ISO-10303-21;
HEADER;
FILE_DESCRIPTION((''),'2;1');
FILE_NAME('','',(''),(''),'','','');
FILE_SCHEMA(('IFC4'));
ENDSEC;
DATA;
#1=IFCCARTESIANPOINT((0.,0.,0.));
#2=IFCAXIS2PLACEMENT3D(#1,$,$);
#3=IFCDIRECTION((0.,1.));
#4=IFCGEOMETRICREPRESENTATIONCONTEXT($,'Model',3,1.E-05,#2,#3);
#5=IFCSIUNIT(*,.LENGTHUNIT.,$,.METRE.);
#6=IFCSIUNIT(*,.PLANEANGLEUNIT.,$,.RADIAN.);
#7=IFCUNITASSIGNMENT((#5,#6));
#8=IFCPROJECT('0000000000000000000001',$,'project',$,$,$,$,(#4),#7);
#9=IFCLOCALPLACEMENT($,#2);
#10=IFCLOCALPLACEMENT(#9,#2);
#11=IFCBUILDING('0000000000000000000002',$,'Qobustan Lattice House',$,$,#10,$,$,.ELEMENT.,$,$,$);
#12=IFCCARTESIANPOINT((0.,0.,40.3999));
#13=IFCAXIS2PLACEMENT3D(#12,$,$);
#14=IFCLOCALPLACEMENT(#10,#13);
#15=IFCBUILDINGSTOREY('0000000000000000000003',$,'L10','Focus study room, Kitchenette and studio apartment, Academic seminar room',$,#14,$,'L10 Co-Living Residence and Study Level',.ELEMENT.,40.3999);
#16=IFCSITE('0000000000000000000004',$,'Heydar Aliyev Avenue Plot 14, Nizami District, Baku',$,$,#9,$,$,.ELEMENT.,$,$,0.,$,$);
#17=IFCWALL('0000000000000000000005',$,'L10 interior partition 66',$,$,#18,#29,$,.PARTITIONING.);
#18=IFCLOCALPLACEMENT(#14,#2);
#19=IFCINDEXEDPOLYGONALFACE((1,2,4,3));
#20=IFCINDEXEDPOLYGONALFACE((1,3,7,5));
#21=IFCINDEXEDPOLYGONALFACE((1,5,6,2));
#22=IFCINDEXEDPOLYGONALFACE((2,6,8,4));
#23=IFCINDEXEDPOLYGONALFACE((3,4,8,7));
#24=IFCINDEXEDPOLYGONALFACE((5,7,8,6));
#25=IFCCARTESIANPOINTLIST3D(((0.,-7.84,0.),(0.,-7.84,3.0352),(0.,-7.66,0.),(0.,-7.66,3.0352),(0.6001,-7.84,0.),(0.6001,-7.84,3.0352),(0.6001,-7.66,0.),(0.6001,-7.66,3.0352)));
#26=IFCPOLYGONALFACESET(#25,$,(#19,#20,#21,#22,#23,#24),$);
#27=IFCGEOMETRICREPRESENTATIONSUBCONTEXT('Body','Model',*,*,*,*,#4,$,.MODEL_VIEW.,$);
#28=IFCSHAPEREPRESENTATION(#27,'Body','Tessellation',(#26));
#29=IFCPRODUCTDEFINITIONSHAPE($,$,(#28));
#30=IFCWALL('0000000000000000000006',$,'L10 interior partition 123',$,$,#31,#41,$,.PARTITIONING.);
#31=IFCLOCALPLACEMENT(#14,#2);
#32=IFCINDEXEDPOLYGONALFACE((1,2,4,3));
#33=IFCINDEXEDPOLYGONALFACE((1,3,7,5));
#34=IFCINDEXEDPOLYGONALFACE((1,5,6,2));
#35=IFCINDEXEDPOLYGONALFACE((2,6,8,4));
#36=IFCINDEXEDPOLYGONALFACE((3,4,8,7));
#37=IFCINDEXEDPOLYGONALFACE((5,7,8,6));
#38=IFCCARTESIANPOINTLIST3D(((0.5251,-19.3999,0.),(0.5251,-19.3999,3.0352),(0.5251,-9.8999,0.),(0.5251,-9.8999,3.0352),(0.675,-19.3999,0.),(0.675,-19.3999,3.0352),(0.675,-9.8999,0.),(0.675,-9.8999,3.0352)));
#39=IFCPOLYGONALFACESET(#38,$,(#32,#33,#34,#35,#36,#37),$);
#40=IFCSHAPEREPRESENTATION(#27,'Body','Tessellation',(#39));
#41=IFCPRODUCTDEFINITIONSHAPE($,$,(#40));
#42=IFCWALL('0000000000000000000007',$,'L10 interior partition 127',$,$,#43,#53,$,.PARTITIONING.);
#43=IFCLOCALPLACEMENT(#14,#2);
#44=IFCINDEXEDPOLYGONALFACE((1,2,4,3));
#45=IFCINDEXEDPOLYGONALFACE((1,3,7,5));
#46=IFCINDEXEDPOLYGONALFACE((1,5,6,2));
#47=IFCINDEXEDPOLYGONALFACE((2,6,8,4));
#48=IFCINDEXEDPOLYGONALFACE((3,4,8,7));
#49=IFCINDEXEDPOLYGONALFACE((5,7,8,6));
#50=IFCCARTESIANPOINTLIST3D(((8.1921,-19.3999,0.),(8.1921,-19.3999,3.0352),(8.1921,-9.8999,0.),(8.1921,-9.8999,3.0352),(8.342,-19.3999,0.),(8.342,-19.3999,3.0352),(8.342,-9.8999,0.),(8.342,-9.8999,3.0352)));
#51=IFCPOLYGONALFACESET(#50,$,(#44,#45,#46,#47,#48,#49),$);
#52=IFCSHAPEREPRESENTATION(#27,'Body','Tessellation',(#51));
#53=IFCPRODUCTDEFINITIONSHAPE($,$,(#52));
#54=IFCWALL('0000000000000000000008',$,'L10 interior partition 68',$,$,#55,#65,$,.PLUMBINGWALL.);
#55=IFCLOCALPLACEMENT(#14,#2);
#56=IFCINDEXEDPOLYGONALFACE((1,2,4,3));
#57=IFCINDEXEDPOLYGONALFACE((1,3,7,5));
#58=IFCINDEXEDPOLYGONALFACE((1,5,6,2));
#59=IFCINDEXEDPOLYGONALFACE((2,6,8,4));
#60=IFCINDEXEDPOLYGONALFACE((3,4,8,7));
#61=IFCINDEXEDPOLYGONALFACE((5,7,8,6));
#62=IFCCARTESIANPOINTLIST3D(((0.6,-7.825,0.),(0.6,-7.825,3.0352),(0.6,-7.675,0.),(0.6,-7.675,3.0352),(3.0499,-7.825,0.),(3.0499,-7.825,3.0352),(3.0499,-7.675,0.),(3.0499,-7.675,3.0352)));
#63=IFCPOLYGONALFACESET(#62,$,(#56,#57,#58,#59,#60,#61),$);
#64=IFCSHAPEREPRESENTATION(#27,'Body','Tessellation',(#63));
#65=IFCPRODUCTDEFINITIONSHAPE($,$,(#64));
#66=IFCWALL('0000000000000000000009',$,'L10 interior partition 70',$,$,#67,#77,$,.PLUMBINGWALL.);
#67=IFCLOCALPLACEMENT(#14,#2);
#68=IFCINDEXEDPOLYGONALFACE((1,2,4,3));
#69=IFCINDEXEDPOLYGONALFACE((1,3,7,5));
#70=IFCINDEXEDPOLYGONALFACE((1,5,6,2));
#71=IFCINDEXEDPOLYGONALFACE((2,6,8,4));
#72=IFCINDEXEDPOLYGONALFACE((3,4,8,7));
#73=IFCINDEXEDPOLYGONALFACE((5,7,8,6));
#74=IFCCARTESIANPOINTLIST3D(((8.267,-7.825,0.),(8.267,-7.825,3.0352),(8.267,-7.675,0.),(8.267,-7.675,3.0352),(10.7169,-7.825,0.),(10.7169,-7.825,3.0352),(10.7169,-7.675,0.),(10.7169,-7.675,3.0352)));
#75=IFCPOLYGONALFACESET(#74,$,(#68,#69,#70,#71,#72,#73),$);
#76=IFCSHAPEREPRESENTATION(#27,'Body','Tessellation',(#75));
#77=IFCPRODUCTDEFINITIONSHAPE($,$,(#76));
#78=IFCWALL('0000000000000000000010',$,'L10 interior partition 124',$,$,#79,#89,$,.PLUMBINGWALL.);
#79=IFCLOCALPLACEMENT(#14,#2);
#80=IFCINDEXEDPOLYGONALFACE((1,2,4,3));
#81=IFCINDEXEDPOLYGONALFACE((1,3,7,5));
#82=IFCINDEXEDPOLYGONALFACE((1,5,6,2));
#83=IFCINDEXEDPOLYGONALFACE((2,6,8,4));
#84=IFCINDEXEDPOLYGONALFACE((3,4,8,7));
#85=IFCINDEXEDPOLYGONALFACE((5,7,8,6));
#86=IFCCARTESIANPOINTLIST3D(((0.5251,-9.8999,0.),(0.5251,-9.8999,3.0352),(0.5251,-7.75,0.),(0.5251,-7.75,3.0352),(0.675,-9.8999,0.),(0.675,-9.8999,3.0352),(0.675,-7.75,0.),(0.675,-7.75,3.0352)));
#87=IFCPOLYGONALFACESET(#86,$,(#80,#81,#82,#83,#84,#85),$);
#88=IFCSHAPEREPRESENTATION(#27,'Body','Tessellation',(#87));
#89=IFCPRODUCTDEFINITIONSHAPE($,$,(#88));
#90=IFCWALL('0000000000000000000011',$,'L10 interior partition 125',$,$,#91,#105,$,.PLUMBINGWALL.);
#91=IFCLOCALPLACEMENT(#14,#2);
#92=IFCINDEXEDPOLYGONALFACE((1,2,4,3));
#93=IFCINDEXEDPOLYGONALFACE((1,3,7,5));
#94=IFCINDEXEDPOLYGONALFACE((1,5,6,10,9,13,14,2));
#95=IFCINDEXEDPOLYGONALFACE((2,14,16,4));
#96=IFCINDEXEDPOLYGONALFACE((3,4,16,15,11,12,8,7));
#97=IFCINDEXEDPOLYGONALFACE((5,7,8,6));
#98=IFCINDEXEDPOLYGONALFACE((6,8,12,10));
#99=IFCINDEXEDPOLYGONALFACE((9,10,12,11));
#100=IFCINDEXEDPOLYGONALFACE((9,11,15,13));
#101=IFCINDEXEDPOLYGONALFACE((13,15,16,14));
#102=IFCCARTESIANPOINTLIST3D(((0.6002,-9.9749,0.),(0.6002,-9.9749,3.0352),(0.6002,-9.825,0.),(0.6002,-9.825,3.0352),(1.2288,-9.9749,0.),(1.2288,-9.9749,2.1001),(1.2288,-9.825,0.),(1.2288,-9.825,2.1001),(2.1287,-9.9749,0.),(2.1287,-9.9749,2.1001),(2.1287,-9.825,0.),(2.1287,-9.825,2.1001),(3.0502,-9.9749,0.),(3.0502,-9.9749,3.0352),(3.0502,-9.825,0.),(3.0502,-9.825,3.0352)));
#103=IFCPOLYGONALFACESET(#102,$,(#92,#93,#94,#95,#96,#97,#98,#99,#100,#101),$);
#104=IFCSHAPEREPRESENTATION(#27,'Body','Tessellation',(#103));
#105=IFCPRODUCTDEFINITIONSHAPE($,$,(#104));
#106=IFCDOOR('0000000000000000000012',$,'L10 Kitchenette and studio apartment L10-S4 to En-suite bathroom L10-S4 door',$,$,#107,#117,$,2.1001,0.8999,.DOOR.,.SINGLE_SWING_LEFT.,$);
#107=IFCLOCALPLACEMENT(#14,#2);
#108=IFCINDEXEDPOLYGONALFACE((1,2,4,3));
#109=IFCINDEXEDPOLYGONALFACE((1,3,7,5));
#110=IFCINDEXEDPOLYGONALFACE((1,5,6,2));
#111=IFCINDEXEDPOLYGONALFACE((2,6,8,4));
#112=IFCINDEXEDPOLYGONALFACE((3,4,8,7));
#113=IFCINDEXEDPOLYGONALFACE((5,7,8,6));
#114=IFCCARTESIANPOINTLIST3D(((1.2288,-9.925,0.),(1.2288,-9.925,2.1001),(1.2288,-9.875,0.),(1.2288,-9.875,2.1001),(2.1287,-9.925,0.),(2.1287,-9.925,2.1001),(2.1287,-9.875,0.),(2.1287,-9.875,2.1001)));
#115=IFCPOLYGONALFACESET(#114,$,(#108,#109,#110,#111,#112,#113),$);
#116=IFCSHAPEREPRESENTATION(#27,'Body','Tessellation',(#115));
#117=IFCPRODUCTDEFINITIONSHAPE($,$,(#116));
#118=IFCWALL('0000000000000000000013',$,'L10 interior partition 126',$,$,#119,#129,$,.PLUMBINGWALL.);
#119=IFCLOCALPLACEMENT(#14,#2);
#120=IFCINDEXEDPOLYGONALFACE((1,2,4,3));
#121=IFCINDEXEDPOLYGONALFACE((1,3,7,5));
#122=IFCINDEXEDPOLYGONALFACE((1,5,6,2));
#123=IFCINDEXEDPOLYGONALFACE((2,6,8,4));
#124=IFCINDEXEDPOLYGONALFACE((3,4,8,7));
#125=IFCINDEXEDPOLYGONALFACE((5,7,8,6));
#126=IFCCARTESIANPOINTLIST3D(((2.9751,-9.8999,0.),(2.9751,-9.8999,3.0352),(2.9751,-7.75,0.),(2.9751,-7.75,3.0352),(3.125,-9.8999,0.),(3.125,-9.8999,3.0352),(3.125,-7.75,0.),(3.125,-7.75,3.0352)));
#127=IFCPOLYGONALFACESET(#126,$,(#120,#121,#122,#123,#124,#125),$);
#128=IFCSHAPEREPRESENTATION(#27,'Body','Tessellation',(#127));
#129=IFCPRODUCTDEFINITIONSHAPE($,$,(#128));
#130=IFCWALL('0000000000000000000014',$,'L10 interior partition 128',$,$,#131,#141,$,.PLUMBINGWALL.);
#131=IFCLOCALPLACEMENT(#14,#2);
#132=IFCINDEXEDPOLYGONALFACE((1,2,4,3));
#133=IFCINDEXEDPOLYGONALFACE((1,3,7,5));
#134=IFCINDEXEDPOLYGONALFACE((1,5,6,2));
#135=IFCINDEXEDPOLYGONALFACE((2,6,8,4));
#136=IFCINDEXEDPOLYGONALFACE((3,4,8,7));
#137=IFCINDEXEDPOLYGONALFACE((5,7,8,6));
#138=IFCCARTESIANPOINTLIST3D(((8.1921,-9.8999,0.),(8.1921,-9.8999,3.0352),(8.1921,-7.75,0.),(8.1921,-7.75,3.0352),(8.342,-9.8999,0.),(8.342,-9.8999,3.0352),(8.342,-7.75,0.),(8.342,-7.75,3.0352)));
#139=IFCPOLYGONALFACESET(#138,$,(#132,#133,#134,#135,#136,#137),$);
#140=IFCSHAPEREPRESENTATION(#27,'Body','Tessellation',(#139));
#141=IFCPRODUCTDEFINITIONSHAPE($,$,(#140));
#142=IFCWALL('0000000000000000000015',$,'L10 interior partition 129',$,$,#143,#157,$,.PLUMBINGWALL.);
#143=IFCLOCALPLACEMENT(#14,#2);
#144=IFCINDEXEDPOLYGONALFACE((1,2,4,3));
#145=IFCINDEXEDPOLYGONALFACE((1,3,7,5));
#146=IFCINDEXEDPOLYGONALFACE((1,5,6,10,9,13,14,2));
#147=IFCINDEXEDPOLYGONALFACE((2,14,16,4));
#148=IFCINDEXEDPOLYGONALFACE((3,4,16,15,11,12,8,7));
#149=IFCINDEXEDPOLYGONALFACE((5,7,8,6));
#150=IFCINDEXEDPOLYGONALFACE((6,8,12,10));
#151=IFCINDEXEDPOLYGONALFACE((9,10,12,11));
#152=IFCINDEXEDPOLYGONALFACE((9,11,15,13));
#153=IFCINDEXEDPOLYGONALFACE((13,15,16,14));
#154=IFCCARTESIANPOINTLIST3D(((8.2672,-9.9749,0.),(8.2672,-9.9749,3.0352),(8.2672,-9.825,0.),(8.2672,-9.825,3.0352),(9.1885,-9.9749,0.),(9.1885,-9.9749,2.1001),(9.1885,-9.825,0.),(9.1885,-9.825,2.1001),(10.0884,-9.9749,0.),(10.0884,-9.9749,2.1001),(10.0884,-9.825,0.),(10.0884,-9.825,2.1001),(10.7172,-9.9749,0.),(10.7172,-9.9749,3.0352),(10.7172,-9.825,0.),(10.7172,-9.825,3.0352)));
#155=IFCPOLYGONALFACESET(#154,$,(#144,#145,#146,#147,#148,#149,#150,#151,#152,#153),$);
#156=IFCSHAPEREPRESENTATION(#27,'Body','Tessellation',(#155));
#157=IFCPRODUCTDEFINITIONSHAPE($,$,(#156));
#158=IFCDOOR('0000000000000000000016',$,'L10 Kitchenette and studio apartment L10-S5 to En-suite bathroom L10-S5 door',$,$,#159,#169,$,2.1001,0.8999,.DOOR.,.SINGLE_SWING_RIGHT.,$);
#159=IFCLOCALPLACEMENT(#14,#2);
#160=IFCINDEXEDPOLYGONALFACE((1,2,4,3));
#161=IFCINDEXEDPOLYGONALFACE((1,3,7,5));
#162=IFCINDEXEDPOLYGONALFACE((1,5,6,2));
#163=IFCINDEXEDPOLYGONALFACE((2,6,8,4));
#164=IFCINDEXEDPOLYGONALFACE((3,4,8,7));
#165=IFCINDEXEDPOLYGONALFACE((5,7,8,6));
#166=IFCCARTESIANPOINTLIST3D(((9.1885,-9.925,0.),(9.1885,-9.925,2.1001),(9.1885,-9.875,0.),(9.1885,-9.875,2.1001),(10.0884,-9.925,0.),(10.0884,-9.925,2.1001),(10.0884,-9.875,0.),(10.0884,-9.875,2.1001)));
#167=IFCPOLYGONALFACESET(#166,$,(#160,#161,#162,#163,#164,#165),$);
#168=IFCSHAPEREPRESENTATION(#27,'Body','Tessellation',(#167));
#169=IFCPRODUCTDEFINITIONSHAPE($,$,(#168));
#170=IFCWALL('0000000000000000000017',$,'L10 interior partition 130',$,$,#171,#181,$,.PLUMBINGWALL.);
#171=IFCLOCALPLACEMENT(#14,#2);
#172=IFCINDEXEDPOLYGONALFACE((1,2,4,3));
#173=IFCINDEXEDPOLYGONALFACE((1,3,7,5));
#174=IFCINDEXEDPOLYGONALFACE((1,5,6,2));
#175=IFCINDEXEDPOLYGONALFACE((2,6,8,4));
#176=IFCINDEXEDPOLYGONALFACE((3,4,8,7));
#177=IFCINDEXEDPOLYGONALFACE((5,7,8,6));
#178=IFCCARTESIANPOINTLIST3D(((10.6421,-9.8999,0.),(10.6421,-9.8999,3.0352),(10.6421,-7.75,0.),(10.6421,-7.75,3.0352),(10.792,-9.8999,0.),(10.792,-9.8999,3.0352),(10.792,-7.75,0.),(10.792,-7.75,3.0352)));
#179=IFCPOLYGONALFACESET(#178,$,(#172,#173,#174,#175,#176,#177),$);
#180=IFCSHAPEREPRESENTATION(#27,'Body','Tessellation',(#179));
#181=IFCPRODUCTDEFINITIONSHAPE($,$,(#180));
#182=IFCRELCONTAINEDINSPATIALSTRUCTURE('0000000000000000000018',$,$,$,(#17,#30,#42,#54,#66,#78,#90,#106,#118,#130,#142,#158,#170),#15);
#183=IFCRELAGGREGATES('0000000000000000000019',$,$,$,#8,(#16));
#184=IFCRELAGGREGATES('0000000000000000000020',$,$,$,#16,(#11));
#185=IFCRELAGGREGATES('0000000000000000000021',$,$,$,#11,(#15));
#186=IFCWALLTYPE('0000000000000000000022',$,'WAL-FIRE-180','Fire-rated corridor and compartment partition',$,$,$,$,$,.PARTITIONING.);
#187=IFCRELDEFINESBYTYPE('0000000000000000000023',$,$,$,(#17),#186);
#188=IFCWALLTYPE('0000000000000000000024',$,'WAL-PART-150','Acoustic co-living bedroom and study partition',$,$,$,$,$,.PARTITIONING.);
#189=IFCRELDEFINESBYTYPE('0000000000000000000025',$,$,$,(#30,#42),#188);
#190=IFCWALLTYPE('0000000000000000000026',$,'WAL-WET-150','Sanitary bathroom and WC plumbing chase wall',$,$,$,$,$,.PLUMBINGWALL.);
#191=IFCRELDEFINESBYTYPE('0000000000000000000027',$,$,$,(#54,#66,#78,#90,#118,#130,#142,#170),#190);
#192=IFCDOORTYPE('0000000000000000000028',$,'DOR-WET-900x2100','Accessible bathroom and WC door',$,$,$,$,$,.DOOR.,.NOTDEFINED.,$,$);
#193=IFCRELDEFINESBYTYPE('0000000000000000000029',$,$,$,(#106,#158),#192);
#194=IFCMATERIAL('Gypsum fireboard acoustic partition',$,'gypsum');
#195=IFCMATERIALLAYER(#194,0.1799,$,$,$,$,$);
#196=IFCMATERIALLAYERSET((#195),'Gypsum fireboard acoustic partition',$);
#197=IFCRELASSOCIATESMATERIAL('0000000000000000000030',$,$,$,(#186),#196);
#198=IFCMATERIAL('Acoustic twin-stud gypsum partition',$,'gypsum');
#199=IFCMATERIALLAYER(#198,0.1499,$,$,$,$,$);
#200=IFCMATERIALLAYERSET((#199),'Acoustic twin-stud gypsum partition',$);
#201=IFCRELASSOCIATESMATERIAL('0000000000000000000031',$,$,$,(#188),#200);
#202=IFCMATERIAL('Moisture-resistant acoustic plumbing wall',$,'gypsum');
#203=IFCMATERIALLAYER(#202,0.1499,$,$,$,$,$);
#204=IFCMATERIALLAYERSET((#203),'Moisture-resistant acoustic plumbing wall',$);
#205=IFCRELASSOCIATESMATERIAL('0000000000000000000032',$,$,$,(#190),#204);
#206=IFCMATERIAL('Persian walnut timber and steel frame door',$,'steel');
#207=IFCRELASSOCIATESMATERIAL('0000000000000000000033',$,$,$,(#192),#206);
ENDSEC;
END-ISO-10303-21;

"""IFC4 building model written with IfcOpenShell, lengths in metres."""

from ifc_helpers import new_model, si_unit, direction, frame, frame_2d, origin, place, context, subcontext, project, spatial, rectangle, extrude, material, layer, layer_set, type_object, element, fill, save


model = new_model("IFC4")

# Units and contexts
model_context = context("Model", 3, precision=1e-05, world=origin(), true_north=direction((0.0, 1.0)))
body_context = subcontext(model_context, "Body", "Model", "MODEL_VIEW")
ifc_project = project(units=[si_unit("LENGTHUNIT", "METRE"), si_unit("PLANEANGLEUNIT", "RADIAN")], contexts=[model_context])

# Site, building, storey
site_placement = place(None, origin())
site = spatial("IfcSite", under=ifc_project, at=site_placement, Name="Heydar Aliyev Avenue Plot 14, Nizami District, Baku", CompositionType="ELEMENT", RefElevation=0.0)
building_placement = place(site_placement, origin())
building = spatial("IfcBuilding", under=site, at=building_placement, Name="Qobustan Lattice House", CompositionType="ELEMENT")
storey_placement = place(building_placement, frame((0.0, 0.0, 40.3999)))
storey = spatial("IfcBuildingStorey", under=building, at=storey_placement, Name="L10", Description="Focus study room, Kitchenette and studio apartment, Academic seminar room", LongName="L10 Co-Living Residence and Study Level", CompositionType="ELEMENT", Elevation=40.3999)

# Shared definitions
ifc_material_1 = material(Name="Gypsum fireboard acoustic partition", Category="gypsum")
ifc_layer_1 = layer(ifc_material_1, 0.1799)
ifc_layer_set_1 = layer_set([ifc_layer_1], Name="Gypsum fireboard acoustic partition")
wall_type_1 = type_object("IfcWallType", Name="WAL-FIRE-180", Description="Fire-rated corridor and compartment partition", PredefinedType="PARTITIONING", material=ifc_layer_set_1)

# Wall
wall_1_placement = place(storey_placement, frame((0.6001, -7.75, 0.0), z_axis=(0.0, 0.0, 1.0), x_axis=(-1.0, 0.0, 0.0)))
element("IfcWall", 1, at=wall_1_placement, inside=storey, type_object=wall_type_1, Name="L10 interior partition 66", PredefinedType="PARTITIONING", context=body_context, shape_type="SweptSolid", body=[
    extrude(rectangle(XDim=0.6001, YDim=0.1799, at=frame_2d((0.3, 0.0))), origin(), (0.0, 0.0, 1.0), 3.0352),
])

# Walls
ifc_material_2 = material(Name="Acoustic twin-stud gypsum partition", Category="gypsum")
ifc_layer_2 = layer(ifc_material_2, 0.1499)
ifc_layer_set_2 = layer_set([ifc_layer_2], Name="Acoustic twin-stud gypsum partition")
wall_type_2 = type_object("IfcWallType", Name="WAL-PART-150", Description="Acoustic co-living bedroom and study partition", PredefinedType="PARTITIONING", material=ifc_layer_set_2)
for number, where, z_axis, x_axis, name in (
    (2, (0.6001, -9.8999, 0.0), (0.0, 0.0, 1.0), (0.0, -1.0, 0.0), "L10 interior partition 123"),
    (3, (8.2671, -9.8999, 0.0), (0.0, 0.0, 1.0), (0.0, -1.0, 0.0), "L10 interior partition 127"),
):
    element("IfcWall", number, at=place(storey_placement, frame(where, z_axis=z_axis, x_axis=x_axis)), inside=storey, type_object=wall_type_2, Name=name, PredefinedType="PARTITIONING", context=body_context, shape_type="SweptSolid", body=[
        extrude(rectangle(XDim=9.5, YDim=0.1499, at=frame_2d((4.75, 0.0))), origin(), (0.0, 0.0, 1.0), 3.0352),
    ])
ifc_material_3 = material(Name="Moisture-resistant acoustic plumbing wall", Category="gypsum")
ifc_layer_3 = layer(ifc_material_3, 0.1499)
ifc_layer_set_3 = layer_set([ifc_layer_3], Name="Moisture-resistant acoustic plumbing wall")
wall_type_3 = type_object("IfcWallType", Name="WAL-WET-150", Description="Sanitary bathroom and WC plumbing chase wall", PredefinedType="PLUMBINGWALL", material=ifc_layer_set_3)
for number, where, z_axis, x_axis, name in (
    (4, (3.05, -7.75, 0.0), (0.0, 0.0, 1.0), (-1.0, 0.0, 0.0), "L10 interior partition 68"),
    (5, (10.717, -7.75, 0.0), (0.0, 0.0, 1.0), (-1.0, 0.0, 0.0), "L10 interior partition 70"),
):
    element("IfcWall", number, at=place(storey_placement, frame(where, z_axis=z_axis, x_axis=x_axis)), inside=storey, type_object=wall_type_3, Name=name, PredefinedType="PLUMBINGWALL", context=body_context, shape_type="SweptSolid", body=[
        extrude(rectangle(XDim=2.45, YDim=0.1499, at=frame_2d((1.2251, 0.0))), origin(), (0.0, 0.0, 1.0), 3.0352),
    ])
wall_2_placement = place(storey_placement, frame((0.6001, -7.75, 0.0), z_axis=(0.0, 0.0, 1.0), x_axis=(0.0, -1.0, 0.0)))
element("IfcWall", 6, at=wall_2_placement, inside=storey, type_object=wall_type_3, Name="L10 interior partition 124", PredefinedType="PLUMBINGWALL", context=body_context, shape_type="SweptSolid", body=[
    extrude(rectangle(XDim=2.1499, YDim=0.1499, at=frame_2d((1.075, 0.0))), origin(), (0.0, 0.0, 1.0), 3.0352),
])

# Wall, opening, door
wall_3_placement = place(storey_placement, frame((0.6001, -9.8999, 0.0), z_axis=(0.0, 0.0, 1.0), x_axis=(1.0, 0.0, 0.0)))
wall_3 = element("IfcWall", 7, at=wall_3_placement, inside=storey, type_object=wall_type_3, Name="L10 interior partition 125", PredefinedType="PLUMBINGWALL", context=body_context, shape_type="SweptSolid", body=[
    extrude(rectangle(XDim=2.45, YDim=0.1499, at=frame_2d((1.2251, 0.0))), origin(), (0.0, 0.0, 1.0), 3.0352),
])
opening_1_placement = place(wall_3_placement, frame((0.6287, 0.0, 0.0)))
opening_1 = element("IfcOpeningElement", 8, at=opening_1_placement, cuts=wall_3, PredefinedType="OPENING", context=body_context, shape_type="SweptSolid", body=[
    extrude(rectangle(XDim=0.8999, YDim=2.1001, at=frame_2d((0.45, 1.05))), frame((0.0, 0.085, 0.0), z_axis=(0.0, -1.0, 0.0), x_axis=(1.0, 0.0, 0.0)), (0.0, 0.0, 1.0), 0.1699),
])
ifc_material_4 = material(Name="Persian walnut timber and steel frame door", Category="steel")
door_type_1 = type_object("IfcDoorType", Name="DOR-WET-900x2100", Description="Accessible bathroom and WC door", OperationType="NOTDEFINED", PredefinedType="DOOR", material=ifc_material_4)
door_1_placement = place(opening_1_placement, origin())
door_1 = element("IfcDoor", 9, at=door_1_placement, inside=storey, type_object=door_type_1, Name="L10 Kitchenette and studio apartment L10-S4 to En-suite bathroom L10-S4 door", OperationType="SINGLE_SWING_LEFT", OverallHeight=2.1001, OverallWidth=0.8999, PredefinedType="DOOR", context=body_context, shape_type="SweptSolid", body=[
    extrude(rectangle(XDim=0.8999, YDim=2.1001, at=frame_2d((0.45, 1.05))), frame((0.0, 0.0249, 0.0), z_axis=(0.0, -1.0, 0.0), x_axis=(1.0, 0.0, 0.0)), (0.0, 0.0, 1.0), 0.05),
])
fill(opening_1, door_1)

# Walls
for number, where, z_axis, x_axis, name in (
    (10, (3.05, -9.8999, 0.0), (0.0, 0.0, 1.0), (0.0, 1.0, 0.0), "L10 interior partition 126"),
    (11, (8.2671, -7.75, 0.0), (0.0, 0.0, 1.0), (0.0, -1.0, 0.0), "L10 interior partition 128"),
):
    element("IfcWall", number, at=place(storey_placement, frame(where, z_axis=z_axis, x_axis=x_axis)), inside=storey, type_object=wall_type_3, Name=name, PredefinedType="PLUMBINGWALL", context=body_context, shape_type="SweptSolid", body=[
        extrude(rectangle(XDim=2.1499, YDim=0.1499, at=frame_2d((1.075, 0.0))), origin(), (0.0, 0.0, 1.0), 3.0352),
    ])

# Wall, opening, door
wall_4_placement = place(storey_placement, frame((8.2671, -9.8999, 0.0), z_axis=(0.0, 0.0, 1.0), x_axis=(1.0, 0.0, 0.0)))
wall_4 = element("IfcWall", 12, at=wall_4_placement, inside=storey, type_object=wall_type_3, Name="L10 interior partition 129", PredefinedType="PLUMBINGWALL", context=body_context, shape_type="SweptSolid", body=[
    extrude(rectangle(XDim=2.45, YDim=0.1499, at=frame_2d((1.2251, 0.0))), origin(), (0.0, 0.0, 1.0), 3.0352),
])
opening_2_placement = place(wall_4_placement, frame((0.9214, 0.0, 0.0)))
opening_2 = element("IfcOpeningElement", 13, at=opening_2_placement, cuts=wall_4, PredefinedType="OPENING", context=body_context, shape_type="SweptSolid", body=[
    extrude(rectangle(XDim=0.8999, YDim=2.1001, at=frame_2d((0.45, 1.05))), frame((0.0, 0.085, 0.0), z_axis=(0.0, -1.0, 0.0), x_axis=(1.0, 0.0, 0.0)), (0.0, 0.0, 1.0), 0.1699),
])
door_2_placement = place(opening_2_placement, origin())
door_2 = element("IfcDoor", 14, at=door_2_placement, inside=storey, type_object=door_type_1, Name="L10 Kitchenette and studio apartment L10-S5 to En-suite bathroom L10-S5 door", OperationType="SINGLE_SWING_RIGHT", OverallHeight=2.1001, OverallWidth=0.8999, PredefinedType="DOOR", context=body_context, shape_type="SweptSolid", body=[
    extrude(rectangle(XDim=0.8999, YDim=2.1001, at=frame_2d((0.45, 1.05))), frame((0.0, 0.0249, 0.0), z_axis=(0.0, -1.0, 0.0), x_axis=(1.0, 0.0, 0.0)), (0.0, 0.0, 1.0), 0.05),
])
fill(opening_2, door_2)

# Wall
wall_5_placement = place(storey_placement, frame((10.717, -9.8999, 0.0), z_axis=(0.0, 0.0, 1.0), x_axis=(0.0, 1.0, 0.0)))
element("IfcWall", 15, at=wall_5_placement, inside=storey, type_object=wall_type_3, Name="L10 interior partition 130", PredefinedType="PLUMBINGWALL", context=body_context, shape_type="SweptSolid", body=[
    extrude(rectangle(XDim=2.1499, YDim=0.1499, at=frame_2d((1.075, 0.0))), origin(), (0.0, 0.0, 1.0), 3.0352),
])

save(model, "model.ifc")
